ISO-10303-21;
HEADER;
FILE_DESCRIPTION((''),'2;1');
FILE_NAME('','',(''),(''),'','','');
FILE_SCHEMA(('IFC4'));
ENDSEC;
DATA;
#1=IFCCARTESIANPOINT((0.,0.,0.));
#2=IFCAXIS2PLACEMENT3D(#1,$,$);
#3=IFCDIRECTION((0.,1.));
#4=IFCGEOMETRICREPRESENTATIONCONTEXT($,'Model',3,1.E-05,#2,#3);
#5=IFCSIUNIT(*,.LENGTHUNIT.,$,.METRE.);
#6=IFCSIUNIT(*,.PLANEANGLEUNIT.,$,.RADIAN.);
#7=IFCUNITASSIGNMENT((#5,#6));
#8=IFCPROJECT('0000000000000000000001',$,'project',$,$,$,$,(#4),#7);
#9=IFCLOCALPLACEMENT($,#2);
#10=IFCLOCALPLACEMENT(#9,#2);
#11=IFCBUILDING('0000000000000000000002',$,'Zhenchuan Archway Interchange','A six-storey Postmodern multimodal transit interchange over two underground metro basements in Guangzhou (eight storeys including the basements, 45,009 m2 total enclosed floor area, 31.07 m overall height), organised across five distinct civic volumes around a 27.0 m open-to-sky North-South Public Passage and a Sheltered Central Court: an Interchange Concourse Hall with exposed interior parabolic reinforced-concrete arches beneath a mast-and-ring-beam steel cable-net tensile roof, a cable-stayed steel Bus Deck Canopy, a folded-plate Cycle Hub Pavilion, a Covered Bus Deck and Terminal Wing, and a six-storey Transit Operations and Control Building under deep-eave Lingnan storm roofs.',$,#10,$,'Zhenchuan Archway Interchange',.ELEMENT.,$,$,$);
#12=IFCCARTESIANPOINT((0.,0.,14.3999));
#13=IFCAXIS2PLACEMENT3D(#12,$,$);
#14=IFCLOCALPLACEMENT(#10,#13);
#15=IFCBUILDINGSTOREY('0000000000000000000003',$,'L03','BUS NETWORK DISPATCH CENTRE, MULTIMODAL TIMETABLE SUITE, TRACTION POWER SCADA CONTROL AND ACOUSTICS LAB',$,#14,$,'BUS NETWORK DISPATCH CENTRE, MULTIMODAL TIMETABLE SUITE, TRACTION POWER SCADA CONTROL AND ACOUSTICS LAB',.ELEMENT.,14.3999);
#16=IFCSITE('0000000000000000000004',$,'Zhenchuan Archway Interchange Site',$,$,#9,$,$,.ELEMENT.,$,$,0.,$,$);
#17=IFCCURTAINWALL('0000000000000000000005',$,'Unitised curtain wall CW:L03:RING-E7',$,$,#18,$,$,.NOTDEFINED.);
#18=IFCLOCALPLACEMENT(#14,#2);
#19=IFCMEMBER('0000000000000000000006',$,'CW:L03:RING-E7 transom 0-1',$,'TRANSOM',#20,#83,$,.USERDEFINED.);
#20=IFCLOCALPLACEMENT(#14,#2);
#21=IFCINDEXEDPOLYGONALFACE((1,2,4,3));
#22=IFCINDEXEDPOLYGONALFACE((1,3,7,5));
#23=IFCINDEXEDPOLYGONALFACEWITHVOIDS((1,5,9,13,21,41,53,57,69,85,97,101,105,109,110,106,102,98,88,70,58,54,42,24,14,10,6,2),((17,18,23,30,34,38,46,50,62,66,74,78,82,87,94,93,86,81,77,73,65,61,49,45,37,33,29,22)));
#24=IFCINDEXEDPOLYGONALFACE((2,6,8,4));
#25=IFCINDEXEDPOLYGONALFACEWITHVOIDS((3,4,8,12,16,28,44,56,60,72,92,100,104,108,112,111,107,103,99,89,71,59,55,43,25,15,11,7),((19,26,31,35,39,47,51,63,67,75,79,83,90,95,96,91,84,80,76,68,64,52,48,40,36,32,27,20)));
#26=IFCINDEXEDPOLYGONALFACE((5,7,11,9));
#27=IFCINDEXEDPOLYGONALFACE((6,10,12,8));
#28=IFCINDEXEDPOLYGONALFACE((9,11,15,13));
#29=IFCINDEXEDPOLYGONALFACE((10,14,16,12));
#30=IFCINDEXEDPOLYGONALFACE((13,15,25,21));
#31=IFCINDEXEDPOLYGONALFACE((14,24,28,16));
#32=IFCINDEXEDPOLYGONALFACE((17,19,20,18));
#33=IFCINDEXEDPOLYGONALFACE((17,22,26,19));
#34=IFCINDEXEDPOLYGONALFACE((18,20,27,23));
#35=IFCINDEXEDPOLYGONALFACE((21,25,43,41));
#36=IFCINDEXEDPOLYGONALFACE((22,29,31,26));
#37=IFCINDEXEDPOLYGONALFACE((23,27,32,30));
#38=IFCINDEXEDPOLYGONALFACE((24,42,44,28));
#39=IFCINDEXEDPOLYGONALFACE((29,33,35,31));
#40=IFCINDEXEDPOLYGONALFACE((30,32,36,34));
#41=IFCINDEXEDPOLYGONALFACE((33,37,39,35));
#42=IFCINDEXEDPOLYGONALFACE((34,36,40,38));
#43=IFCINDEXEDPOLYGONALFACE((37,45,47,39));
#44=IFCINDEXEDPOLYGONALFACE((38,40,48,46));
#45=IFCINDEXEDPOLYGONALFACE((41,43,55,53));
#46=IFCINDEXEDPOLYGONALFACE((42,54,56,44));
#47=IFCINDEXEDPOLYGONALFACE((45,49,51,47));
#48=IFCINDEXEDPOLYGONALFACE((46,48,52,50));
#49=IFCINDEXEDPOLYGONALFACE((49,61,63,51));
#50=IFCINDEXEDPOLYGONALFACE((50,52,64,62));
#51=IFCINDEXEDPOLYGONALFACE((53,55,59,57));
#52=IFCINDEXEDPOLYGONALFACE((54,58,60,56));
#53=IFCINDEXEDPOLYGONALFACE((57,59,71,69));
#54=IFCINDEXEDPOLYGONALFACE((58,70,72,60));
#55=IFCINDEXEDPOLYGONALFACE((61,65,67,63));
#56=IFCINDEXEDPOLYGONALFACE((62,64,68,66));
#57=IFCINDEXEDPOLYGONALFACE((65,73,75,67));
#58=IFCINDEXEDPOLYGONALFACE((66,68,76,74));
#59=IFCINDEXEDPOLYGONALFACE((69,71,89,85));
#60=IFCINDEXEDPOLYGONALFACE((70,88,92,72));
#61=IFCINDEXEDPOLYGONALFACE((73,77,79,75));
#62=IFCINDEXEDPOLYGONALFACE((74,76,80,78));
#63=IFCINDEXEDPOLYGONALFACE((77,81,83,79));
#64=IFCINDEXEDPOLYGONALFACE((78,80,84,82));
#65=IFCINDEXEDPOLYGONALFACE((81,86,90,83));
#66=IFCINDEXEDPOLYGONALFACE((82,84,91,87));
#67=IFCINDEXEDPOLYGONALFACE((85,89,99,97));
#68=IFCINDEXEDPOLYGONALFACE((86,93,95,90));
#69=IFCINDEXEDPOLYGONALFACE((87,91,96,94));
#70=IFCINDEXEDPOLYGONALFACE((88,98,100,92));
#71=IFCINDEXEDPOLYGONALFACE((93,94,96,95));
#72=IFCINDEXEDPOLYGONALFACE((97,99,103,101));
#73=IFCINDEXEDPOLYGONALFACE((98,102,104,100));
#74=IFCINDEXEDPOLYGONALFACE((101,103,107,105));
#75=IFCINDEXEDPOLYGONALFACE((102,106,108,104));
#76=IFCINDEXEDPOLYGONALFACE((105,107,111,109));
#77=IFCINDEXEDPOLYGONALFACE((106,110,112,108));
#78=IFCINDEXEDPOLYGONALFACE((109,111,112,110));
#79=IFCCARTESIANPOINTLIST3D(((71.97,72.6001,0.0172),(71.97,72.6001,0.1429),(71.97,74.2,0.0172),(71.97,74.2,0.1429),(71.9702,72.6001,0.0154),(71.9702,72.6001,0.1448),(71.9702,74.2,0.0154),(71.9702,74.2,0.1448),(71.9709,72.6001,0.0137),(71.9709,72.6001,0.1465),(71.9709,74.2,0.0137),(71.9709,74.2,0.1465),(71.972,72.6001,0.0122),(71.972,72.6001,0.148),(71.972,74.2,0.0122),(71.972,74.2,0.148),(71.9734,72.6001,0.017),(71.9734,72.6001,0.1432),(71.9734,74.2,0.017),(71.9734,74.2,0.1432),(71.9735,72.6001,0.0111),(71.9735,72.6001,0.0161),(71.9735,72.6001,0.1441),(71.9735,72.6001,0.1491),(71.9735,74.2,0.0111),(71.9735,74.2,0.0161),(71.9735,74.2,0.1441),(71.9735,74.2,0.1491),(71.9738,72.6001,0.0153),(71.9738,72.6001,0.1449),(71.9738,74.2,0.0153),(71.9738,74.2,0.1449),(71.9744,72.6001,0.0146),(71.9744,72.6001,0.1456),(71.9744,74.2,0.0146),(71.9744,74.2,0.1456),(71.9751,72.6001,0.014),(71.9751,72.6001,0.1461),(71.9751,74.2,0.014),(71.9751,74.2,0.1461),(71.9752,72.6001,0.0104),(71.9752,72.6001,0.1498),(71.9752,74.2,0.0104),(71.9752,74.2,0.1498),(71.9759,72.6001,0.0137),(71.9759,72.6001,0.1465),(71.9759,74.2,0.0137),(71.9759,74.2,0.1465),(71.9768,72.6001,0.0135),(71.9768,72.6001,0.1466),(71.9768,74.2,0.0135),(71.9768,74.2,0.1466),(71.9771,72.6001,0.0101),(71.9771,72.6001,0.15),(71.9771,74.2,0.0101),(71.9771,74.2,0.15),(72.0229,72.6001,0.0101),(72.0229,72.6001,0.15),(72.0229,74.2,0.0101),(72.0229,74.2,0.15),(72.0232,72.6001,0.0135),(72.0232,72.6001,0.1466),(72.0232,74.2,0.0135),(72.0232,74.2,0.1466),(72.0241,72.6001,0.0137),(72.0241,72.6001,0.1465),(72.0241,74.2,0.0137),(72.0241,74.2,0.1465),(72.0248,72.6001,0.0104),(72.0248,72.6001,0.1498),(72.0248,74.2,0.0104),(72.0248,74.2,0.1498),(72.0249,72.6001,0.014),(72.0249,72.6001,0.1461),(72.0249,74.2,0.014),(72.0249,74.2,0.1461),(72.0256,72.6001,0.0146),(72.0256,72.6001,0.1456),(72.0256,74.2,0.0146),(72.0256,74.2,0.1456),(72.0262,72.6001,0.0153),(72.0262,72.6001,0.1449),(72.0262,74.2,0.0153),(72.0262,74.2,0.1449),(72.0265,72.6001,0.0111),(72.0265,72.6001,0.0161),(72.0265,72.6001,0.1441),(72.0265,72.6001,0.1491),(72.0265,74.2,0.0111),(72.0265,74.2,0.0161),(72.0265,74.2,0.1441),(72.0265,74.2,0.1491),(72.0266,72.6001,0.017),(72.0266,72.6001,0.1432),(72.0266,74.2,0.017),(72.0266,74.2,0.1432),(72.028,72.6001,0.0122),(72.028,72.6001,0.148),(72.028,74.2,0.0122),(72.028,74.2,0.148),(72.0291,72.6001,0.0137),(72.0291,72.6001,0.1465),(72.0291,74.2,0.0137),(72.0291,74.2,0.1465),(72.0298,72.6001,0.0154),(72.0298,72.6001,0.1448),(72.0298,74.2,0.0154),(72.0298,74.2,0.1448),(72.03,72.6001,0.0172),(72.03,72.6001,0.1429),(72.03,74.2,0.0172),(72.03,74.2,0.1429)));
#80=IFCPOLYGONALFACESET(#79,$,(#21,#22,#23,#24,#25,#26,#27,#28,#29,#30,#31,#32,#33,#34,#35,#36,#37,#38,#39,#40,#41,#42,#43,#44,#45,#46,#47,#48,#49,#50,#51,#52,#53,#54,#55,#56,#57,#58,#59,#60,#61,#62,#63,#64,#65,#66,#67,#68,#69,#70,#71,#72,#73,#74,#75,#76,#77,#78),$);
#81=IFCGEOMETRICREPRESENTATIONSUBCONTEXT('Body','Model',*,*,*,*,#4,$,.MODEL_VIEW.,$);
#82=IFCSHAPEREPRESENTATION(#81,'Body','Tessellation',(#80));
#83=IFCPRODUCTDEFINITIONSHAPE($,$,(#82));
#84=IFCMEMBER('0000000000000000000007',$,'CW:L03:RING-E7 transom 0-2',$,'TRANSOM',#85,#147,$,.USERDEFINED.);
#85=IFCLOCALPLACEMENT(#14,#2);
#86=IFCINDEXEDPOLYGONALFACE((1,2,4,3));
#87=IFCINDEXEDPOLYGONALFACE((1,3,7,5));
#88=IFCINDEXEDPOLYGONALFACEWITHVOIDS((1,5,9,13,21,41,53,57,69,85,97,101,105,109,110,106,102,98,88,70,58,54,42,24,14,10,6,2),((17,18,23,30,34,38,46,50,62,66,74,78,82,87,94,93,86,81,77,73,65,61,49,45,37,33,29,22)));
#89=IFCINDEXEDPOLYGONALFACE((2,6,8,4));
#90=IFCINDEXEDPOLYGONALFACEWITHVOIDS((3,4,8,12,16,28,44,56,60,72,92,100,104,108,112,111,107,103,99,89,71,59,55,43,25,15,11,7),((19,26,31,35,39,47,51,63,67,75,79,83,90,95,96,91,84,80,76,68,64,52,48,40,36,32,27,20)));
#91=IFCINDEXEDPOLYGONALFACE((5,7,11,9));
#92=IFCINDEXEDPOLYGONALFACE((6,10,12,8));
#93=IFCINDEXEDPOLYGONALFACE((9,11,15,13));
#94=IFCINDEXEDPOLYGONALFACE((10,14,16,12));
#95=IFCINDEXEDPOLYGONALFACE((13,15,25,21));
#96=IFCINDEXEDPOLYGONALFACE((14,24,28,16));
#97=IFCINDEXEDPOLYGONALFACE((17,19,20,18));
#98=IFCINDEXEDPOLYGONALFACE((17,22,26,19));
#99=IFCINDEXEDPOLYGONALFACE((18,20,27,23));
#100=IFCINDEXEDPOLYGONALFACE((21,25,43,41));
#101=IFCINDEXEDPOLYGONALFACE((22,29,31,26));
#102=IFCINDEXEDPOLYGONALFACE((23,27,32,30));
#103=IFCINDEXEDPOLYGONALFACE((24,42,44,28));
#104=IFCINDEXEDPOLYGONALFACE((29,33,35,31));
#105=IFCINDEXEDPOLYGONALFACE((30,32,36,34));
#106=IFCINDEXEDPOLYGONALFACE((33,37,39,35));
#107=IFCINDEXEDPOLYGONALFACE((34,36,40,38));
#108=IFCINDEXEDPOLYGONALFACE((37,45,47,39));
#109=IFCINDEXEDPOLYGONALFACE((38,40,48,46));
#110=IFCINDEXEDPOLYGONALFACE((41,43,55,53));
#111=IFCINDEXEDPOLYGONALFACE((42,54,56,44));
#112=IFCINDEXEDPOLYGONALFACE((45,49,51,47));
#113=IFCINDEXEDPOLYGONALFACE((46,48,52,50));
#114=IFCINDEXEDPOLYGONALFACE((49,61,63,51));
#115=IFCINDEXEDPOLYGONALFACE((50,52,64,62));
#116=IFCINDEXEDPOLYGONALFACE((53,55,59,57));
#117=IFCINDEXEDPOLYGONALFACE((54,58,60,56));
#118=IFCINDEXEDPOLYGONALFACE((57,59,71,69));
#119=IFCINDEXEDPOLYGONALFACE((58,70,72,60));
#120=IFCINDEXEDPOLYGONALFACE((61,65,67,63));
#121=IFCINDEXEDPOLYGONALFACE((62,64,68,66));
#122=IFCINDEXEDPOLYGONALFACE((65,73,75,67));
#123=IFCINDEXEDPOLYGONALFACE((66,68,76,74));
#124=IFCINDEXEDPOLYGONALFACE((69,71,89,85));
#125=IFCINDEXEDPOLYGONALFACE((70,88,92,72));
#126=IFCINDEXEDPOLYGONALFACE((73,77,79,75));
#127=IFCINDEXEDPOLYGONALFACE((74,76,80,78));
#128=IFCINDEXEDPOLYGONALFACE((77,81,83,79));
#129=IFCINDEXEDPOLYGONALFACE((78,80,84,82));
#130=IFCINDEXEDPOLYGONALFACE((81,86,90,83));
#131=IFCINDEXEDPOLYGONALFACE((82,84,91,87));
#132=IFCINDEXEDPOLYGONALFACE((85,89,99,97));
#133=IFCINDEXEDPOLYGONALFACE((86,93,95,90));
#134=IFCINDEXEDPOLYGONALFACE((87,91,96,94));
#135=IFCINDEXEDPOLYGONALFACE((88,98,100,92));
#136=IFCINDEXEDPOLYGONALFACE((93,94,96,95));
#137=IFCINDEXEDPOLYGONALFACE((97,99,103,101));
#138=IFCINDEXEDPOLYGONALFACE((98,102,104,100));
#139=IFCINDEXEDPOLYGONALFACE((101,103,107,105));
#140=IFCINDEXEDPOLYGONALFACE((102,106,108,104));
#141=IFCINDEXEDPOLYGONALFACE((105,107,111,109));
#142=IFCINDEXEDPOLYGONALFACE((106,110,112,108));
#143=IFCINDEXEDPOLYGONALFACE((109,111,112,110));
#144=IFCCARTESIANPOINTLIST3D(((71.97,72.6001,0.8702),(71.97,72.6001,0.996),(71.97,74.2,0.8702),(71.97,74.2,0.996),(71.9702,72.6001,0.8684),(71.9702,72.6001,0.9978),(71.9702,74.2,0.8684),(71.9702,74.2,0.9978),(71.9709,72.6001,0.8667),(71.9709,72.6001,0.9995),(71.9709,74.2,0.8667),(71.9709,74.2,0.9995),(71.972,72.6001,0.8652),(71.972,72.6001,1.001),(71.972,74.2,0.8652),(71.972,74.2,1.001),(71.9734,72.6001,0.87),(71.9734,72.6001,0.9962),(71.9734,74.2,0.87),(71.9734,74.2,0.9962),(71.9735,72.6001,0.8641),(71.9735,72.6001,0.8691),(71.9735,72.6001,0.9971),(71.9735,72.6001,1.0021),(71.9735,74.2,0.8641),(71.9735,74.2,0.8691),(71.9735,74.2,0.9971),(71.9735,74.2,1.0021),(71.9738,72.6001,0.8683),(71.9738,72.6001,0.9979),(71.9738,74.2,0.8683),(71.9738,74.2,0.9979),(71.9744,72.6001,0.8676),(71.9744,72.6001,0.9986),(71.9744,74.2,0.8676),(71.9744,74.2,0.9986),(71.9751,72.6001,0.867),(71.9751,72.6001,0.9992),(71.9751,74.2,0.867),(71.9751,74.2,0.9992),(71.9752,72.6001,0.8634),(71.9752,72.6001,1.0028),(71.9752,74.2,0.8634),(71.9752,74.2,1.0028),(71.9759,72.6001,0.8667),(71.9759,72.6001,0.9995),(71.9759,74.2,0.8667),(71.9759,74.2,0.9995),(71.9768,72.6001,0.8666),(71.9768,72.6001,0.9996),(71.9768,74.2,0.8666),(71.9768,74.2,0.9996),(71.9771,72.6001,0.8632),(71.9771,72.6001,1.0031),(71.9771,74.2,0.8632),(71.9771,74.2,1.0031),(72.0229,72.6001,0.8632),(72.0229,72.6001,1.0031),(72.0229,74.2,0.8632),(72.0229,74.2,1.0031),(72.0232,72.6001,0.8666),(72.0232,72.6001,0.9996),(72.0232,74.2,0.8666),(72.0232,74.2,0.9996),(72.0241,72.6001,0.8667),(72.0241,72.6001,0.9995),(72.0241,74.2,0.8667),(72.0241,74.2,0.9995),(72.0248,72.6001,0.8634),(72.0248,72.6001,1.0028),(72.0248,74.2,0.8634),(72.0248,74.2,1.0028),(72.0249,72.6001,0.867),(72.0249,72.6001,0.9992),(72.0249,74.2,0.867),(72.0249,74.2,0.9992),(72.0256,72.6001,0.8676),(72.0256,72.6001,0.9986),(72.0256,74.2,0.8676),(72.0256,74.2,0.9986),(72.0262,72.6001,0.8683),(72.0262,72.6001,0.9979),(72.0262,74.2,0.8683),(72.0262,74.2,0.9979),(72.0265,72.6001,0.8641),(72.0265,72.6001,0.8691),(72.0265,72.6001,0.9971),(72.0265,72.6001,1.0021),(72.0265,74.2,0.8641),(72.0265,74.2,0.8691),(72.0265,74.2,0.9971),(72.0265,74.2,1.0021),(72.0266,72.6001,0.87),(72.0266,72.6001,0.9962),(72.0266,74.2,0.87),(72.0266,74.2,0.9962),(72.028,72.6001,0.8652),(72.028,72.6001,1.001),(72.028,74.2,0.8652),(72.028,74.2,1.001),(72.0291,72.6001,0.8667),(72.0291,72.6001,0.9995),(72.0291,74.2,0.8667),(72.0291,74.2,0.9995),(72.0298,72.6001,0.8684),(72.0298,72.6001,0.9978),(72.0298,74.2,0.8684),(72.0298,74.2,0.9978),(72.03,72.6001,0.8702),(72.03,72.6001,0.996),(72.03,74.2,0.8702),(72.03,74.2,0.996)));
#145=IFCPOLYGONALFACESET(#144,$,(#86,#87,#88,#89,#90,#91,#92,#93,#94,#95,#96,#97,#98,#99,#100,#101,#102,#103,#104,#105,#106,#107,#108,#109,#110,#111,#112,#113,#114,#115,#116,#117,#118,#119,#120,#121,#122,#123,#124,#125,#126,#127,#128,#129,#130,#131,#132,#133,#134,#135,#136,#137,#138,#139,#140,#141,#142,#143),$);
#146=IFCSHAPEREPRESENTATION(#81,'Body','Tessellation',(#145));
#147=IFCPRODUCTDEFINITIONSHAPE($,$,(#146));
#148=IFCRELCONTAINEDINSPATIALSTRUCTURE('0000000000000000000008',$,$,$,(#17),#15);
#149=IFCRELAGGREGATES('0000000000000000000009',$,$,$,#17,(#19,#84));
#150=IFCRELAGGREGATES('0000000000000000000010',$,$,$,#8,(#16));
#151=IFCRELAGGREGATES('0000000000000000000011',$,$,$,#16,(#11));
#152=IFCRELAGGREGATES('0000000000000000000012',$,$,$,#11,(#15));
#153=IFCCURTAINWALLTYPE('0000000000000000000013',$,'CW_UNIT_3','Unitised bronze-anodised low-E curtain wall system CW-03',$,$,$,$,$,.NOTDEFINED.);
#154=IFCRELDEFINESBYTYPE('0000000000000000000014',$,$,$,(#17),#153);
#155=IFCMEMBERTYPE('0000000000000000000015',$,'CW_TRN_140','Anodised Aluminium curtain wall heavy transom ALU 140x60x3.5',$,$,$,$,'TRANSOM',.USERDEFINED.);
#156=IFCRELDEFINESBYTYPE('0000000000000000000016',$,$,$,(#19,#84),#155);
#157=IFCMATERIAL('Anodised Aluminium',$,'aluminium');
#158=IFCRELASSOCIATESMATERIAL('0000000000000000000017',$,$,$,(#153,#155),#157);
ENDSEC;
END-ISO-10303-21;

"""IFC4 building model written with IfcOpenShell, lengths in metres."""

from ifc_helpers import new_model, si_unit, direction, frame, origin, origin_2d, place, context, subcontext, project, spatial, hollow_rectangle, extrude, material, material_profile, profile_set, type_object, element, aggregate, save


model = new_model("IFC4")

# Units and contexts
model_context = context("Model", 3, precision=1e-05, world=origin(), true_north=direction((0.0, 1.0)))
body_context = subcontext(model_context, "Body", "Model", "MODEL_VIEW")
ifc_project = project(units=[si_unit("LENGTHUNIT", "METRE"), si_unit("PLANEANGLEUNIT", "RADIAN")], contexts=[model_context])

# Site, building, storey
site_placement = place(None, origin())
site = spatial("IfcSite", under=ifc_project, at=site_placement, Name="Zhenchuan Archway Interchange Site", CompositionType="ELEMENT", RefElevation=0.0)
building_placement = place(site_placement, origin())
building = spatial("IfcBuilding", under=site, at=building_placement, Name="Zhenchuan Archway Interchange", Description="A six-storey Postmodern multimodal transit interchange over two underground metro basements in Guangzhou (eight storeys including the basements, 45,009 m2 total enclosed floor area, 31.07 m overall height), organised across five distinct civic volumes around a 27.0 m open-to-sky North-South Public Passage and a Sheltered Central Court: an Interchange Concourse Hall with exposed interior parabolic reinforced-concrete arches beneath a mast-and-ring-beam steel cable-net tensile roof, a cable-stayed steel Bus Deck Canopy, a folded-plate Cycle Hub Pavilion, a Covered Bus Deck and Terminal Wing, and a six-storey Transit Operations and Control Building under deep-eave Lingnan storm roofs.", LongName="Zhenchuan Archway Interchange", CompositionType="ELEMENT")
storey_placement = place(building_placement, frame((0.0, 0.0, 14.3999)))
storey = spatial("IfcBuildingStorey", under=building, at=storey_placement, Name="L03", Description="BUS NETWORK DISPATCH CENTRE, MULTIMODAL TIMETABLE SUITE, TRACTION POWER SCADA CONTROL AND ACOUSTICS LAB", LongName="BUS NETWORK DISPATCH CENTRE, MULTIMODAL TIMETABLE SUITE, TRACTION POWER SCADA CONTROL AND ACOUSTICS LAB", CompositionType="ELEMENT", Elevation=14.3999)

# Curtain wall
ifc_material_1 = material(Name="Anodised Aluminium", Category="aluminium")
curtain_wall_type = type_object("IfcCurtainWallType", Name="CW_UNIT_3", Description="Unitised bronze-anodised low-E curtain wall system CW-03", PredefinedType="NOTDEFINED", material=ifc_material_1)
curtain_wall_1_placement = place(storey_placement, origin())
curtain_wall_1 = element("IfcCurtainWall", 1, at=curtain_wall_1_placement, inside=storey, type_object=curtain_wall_type, Name="Unitised curtain wall CW:L03:RING-E7", PredefinedType="NOTDEFINED")

# Members
ifc_material_profile_1 = material_profile(ifc_material_1, hollow_rectangle(XDim=0.0601, YDim=0.1399, WallThickness=0.0034, InnerFilletRadius=0.0034, OuterFilletRadius=0.0071, at=origin_2d()), Name="ALU 140x60x3.5")
ifc_profile_set_1 = profile_set([ifc_material_profile_1], Name="Anodised Aluminium")
member_type_1 = type_object("IfcMemberType", Name="CW_TRN_140", Description="Anodised Aluminium curtain wall heavy transom ALU 140x60x3.5", ElementType="TRANSOM", PredefinedType="USERDEFINED", material=ifc_profile_set_1)
member_1_placement = place(storey_placement, frame((72.0, 72.6001, 0.0801), z_axis=(0.0, 1.0, 0.0), x_axis=(-1.0, 0.0, 0.0)))
member_1 = element("IfcMember", 2, at=member_1_placement, type_object=member_type_1, Name="CW:L03:RING-E7 transom 0-1", ObjectType="TRANSOM", PredefinedType="USERDEFINED", context=body_context, shape_type="SweptSolid", body=[
    extrude(hollow_rectangle(XDim=0.0601, YDim=0.1399, WallThickness=0.0034, InnerFilletRadius=0.0034, OuterFilletRadius=0.0071, at=origin_2d()), origin(), (0.0, 0.0, 1.0), 1.5999),
])
member_2_placement = place(storey_placement, frame((72.0, 72.6001, 0.9331), z_axis=(0.0, 1.0, 0.0), x_axis=(-1.0, 0.0, 0.0)))
member_2 = element("IfcMember", 3, at=member_2_placement, type_object=member_type_1, Name="CW:L03:RING-E7 transom 0-2", ObjectType="TRANSOM", PredefinedType="USERDEFINED", context=body_context, shape_type="SweptSolid", body=[
    extrude(hollow_rectangle(XDim=0.0601, YDim=0.1399, WallThickness=0.0034, InnerFilletRadius=0.0034, OuterFilletRadius=0.0071, at=origin_2d()), origin(), (0.0, 0.0, 1.0), 1.5999),
])

aggregate(curtain_wall_1, [member_1, member_2])

save(model, "model.ifc")
